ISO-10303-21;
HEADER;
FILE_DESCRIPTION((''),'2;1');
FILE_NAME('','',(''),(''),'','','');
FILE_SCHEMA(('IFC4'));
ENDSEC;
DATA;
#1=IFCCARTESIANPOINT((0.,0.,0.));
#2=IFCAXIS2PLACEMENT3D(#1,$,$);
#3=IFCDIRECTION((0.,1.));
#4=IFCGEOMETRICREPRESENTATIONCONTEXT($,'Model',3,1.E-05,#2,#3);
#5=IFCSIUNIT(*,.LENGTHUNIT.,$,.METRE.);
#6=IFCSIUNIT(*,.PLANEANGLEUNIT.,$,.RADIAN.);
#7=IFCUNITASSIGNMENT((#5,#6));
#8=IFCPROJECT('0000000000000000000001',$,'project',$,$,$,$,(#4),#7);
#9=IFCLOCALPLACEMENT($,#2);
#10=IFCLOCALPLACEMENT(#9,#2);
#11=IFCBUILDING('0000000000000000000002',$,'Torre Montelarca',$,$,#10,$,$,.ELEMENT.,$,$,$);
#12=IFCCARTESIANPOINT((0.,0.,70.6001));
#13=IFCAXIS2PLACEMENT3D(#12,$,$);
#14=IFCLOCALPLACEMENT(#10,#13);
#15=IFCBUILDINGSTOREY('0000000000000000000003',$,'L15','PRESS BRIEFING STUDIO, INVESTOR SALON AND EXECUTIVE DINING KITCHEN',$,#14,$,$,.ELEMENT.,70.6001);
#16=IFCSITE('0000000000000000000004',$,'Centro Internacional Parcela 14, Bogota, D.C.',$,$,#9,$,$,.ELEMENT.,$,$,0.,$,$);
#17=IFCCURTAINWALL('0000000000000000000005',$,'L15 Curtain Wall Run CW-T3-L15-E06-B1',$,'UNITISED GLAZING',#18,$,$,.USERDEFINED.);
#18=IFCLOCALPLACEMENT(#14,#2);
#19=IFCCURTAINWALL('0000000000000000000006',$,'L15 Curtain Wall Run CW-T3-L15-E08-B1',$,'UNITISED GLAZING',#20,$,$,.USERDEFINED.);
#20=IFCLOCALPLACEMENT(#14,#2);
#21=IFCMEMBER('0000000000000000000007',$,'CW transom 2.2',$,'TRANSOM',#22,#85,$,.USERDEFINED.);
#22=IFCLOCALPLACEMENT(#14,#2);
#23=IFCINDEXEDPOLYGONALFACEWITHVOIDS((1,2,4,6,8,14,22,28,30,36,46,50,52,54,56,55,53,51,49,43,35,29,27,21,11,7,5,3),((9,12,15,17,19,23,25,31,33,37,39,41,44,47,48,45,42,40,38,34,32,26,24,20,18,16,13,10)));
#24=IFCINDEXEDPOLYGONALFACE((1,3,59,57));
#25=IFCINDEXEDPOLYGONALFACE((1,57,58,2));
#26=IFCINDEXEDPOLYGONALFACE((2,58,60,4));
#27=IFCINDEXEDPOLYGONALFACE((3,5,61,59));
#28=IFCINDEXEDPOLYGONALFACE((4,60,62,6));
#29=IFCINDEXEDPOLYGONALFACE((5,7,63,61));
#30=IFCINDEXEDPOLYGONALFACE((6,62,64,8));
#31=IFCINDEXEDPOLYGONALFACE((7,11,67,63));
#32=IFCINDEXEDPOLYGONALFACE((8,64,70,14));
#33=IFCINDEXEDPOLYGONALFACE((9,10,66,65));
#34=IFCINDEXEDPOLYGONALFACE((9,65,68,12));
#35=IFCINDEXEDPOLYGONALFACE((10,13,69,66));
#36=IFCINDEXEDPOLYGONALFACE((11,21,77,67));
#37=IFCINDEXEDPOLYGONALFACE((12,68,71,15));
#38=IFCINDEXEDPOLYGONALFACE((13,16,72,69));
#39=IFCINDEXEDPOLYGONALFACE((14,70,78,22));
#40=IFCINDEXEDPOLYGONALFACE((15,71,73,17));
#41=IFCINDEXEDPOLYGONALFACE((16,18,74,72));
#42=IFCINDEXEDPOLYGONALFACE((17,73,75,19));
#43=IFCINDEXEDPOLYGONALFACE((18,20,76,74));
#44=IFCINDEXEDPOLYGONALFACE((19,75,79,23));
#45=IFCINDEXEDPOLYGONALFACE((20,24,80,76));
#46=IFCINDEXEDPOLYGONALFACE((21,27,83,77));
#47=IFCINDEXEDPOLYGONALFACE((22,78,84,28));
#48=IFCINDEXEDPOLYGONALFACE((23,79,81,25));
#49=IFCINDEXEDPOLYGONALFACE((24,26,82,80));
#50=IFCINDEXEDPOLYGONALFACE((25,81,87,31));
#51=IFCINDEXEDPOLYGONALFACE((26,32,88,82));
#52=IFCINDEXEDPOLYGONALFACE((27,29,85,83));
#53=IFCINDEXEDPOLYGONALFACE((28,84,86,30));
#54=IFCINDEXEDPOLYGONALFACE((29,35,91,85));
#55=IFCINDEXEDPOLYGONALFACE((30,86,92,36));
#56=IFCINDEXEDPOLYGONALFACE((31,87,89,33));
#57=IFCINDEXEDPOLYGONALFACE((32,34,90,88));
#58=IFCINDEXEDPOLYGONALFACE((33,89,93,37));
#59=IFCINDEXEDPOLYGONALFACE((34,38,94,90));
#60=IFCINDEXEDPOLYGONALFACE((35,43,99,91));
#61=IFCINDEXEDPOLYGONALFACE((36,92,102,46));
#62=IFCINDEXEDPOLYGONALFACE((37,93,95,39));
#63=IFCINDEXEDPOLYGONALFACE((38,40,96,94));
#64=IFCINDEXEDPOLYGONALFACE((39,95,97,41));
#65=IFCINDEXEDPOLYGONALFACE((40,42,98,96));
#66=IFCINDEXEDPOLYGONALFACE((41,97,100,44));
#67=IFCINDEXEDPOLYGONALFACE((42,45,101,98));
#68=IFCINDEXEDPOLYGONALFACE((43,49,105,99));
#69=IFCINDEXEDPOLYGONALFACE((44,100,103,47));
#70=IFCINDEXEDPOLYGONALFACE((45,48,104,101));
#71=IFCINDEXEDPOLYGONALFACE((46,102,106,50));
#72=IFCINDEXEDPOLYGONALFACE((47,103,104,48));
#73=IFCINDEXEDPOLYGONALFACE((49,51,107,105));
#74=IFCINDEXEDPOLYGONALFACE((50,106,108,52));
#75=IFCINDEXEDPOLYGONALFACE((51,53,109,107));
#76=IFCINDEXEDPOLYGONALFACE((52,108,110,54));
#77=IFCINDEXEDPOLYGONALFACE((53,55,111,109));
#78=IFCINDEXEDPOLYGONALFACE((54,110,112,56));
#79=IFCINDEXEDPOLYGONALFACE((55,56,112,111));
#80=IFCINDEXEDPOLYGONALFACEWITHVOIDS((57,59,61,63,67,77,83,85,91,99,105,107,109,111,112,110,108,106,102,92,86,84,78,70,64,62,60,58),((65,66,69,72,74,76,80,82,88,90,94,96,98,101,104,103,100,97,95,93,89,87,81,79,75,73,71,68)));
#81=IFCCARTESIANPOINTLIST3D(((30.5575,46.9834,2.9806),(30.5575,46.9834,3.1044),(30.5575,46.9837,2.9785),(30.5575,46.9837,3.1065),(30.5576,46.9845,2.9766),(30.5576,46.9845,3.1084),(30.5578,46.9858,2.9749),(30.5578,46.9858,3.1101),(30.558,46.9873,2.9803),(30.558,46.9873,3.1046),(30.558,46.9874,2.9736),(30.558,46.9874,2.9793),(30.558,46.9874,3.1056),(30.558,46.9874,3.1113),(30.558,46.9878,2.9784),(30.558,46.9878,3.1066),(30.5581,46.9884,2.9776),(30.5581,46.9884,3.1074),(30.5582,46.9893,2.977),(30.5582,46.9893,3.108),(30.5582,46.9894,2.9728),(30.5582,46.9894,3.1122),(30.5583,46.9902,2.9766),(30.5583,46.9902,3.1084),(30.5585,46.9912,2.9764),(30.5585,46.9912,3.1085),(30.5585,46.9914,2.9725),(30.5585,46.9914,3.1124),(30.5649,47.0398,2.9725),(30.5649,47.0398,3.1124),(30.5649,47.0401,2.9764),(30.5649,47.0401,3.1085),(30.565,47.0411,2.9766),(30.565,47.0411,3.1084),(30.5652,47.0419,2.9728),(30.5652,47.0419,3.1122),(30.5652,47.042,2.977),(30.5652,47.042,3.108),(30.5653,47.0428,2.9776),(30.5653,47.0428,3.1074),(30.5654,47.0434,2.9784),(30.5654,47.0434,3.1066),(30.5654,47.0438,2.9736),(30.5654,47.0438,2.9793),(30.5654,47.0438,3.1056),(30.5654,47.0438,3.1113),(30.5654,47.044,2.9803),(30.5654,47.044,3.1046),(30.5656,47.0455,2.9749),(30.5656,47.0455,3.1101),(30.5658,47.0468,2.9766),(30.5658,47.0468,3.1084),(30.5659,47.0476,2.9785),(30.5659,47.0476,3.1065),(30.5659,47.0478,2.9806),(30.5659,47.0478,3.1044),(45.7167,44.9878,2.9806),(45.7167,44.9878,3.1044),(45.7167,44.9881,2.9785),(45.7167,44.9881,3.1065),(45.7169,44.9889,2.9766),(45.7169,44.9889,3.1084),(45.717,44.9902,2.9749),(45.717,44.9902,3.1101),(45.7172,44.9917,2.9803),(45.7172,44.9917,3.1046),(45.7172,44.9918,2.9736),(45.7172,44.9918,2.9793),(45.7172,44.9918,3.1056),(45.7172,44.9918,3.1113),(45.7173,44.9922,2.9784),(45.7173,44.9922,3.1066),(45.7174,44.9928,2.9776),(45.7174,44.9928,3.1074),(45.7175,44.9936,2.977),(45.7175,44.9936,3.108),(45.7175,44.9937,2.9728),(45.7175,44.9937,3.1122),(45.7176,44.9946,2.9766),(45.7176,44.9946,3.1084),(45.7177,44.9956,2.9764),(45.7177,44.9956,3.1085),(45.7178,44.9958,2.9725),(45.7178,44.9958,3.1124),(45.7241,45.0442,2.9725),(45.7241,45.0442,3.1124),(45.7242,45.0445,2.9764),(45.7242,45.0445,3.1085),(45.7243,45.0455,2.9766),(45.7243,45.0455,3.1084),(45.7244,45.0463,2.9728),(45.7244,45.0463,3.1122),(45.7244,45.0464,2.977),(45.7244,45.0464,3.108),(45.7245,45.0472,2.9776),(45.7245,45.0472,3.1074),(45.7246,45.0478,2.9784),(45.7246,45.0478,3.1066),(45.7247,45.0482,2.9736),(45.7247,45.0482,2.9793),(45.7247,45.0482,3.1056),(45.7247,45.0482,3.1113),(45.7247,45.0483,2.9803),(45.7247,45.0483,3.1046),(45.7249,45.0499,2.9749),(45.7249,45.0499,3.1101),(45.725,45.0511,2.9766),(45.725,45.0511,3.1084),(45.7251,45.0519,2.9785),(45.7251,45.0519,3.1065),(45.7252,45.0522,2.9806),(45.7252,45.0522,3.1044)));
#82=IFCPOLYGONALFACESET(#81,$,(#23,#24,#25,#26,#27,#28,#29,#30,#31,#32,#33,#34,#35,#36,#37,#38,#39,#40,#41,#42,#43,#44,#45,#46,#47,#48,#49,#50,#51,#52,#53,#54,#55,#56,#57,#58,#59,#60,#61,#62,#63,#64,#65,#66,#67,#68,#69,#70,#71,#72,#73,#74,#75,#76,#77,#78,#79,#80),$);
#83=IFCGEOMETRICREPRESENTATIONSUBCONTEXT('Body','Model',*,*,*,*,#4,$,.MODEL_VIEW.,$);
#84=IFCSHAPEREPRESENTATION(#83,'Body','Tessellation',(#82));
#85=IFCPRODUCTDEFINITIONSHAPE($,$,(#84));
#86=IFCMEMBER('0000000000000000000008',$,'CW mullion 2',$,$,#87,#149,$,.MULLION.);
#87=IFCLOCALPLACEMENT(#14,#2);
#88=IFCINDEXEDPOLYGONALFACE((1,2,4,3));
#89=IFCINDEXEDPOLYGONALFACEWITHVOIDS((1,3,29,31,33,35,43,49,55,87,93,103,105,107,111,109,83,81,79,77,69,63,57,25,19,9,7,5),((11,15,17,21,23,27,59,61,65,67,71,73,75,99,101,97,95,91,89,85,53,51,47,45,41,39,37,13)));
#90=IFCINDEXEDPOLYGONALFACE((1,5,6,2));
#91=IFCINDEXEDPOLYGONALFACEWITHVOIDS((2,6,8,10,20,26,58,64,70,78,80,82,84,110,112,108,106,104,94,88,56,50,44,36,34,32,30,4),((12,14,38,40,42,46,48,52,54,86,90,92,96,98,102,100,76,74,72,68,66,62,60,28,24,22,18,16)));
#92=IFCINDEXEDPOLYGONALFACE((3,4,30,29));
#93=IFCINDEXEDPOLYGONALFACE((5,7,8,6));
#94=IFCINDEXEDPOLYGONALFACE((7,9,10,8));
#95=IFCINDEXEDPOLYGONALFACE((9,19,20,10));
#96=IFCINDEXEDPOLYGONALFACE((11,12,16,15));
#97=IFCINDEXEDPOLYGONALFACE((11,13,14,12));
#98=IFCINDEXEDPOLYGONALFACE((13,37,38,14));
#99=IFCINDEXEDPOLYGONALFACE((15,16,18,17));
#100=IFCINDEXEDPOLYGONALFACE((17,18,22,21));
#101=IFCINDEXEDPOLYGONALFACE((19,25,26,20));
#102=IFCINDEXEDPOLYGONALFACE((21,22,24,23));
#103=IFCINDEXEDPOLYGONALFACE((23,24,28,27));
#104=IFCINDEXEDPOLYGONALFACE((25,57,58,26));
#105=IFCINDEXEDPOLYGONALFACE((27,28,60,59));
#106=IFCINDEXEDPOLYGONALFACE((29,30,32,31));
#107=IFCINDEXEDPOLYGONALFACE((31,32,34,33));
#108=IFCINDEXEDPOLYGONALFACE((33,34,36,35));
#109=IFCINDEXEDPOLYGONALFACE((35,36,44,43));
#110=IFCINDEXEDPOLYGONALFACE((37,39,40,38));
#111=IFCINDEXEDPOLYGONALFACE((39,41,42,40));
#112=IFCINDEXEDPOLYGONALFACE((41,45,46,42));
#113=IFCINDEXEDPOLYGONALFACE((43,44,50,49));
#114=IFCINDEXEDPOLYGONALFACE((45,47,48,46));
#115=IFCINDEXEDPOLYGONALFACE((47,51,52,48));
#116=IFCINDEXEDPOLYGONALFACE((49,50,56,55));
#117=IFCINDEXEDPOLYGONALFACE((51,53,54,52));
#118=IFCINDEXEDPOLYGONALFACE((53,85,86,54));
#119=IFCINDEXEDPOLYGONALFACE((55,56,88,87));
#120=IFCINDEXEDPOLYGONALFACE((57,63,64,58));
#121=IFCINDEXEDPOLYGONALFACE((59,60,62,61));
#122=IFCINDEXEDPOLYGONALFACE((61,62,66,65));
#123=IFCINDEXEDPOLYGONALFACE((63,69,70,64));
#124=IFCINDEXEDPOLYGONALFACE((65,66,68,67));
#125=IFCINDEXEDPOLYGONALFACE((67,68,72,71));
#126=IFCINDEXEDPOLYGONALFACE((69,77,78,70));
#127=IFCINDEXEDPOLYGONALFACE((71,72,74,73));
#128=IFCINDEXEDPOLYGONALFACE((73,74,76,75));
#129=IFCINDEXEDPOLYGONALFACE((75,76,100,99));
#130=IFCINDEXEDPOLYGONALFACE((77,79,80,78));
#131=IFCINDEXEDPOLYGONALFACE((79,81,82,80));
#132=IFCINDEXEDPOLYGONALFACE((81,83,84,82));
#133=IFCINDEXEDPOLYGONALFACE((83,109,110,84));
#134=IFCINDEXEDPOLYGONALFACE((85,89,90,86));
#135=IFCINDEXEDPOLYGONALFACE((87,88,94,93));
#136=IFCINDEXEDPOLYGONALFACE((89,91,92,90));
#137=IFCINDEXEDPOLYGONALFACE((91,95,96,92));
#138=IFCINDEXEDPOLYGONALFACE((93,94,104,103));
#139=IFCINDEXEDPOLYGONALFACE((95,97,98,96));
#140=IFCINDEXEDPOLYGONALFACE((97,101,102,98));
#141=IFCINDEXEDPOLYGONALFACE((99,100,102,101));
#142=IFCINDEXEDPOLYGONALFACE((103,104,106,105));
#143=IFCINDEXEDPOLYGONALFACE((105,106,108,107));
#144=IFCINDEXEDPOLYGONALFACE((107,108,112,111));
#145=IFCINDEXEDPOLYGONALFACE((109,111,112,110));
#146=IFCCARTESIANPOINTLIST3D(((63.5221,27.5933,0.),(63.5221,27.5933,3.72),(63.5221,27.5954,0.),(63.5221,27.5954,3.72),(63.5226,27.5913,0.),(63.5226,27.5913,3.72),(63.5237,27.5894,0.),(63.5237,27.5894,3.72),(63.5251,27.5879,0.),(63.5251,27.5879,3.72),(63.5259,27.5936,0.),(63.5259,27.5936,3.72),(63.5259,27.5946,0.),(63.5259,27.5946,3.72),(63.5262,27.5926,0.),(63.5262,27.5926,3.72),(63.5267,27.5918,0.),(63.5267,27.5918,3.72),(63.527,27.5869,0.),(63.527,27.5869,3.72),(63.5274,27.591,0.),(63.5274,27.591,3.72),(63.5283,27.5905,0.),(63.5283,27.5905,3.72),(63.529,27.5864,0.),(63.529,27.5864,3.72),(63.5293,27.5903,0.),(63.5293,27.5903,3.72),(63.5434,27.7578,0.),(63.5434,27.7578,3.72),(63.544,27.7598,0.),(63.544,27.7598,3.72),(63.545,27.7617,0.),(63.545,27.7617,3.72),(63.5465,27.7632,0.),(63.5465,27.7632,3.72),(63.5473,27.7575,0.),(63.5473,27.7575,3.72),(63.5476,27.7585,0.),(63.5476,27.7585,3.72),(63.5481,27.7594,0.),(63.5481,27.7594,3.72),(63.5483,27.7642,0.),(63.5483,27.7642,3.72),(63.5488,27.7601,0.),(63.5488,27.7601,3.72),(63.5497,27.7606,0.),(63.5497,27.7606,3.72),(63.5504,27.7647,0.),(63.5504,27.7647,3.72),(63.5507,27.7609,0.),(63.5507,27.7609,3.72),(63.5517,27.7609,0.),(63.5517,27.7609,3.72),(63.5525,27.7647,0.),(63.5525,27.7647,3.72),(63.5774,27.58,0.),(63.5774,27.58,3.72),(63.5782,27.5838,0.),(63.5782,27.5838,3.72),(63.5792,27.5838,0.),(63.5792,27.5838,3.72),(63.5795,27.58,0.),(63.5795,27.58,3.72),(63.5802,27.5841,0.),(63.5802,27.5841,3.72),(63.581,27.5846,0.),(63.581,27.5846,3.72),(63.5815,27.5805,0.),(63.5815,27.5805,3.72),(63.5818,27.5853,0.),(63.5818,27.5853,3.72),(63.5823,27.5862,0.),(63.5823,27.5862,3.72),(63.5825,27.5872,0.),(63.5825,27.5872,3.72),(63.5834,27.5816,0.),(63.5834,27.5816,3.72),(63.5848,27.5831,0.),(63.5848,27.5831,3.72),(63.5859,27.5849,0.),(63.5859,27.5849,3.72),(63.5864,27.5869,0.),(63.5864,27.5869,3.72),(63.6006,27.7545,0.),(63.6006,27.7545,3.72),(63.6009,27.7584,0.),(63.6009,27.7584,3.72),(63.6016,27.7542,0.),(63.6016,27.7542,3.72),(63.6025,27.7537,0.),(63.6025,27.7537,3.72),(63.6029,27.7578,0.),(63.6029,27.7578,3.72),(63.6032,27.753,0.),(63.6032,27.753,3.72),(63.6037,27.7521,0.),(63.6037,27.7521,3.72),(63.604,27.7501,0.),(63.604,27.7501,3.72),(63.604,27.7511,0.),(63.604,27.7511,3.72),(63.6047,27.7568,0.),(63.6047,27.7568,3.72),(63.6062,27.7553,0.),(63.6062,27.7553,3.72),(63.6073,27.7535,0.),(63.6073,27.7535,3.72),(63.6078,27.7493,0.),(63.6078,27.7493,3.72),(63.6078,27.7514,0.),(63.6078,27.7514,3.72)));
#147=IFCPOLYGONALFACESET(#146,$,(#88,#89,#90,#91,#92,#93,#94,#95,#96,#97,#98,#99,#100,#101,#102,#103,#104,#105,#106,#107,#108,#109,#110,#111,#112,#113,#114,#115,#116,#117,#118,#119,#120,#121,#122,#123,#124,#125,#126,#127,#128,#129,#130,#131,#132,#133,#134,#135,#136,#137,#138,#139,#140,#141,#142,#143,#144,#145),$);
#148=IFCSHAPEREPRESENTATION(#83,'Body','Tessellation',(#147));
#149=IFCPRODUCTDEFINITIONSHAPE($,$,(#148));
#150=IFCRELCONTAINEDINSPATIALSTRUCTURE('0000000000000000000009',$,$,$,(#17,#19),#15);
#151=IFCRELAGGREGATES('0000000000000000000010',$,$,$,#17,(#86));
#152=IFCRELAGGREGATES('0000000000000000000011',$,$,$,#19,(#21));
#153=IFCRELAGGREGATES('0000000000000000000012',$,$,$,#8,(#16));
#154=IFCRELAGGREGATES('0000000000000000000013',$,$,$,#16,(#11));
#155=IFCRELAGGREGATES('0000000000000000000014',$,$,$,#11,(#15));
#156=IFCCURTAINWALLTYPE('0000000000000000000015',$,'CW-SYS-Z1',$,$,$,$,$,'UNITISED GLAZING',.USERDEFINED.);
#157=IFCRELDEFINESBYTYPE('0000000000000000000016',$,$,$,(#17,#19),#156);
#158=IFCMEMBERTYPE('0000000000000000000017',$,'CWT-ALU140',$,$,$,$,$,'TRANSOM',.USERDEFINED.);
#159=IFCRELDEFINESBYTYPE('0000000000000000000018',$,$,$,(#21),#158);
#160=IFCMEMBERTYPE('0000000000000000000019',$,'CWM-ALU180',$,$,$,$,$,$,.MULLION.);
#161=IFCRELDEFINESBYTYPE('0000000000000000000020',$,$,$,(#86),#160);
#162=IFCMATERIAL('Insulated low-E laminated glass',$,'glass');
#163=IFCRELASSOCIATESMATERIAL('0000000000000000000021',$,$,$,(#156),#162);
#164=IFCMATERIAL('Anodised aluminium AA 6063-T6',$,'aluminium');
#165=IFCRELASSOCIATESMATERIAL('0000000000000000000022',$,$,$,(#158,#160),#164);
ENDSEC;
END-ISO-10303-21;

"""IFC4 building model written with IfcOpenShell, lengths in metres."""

from ifc_helpers import new_model, si_unit, direction, frame, origin, origin_2d, place, context, subcontext, project, spatial, hollow_rectangle, extrude, source, transform, mapped, material, material_profile, profile_set, type_object, element, aggregate, save


model = new_model("IFC4")

# Units and contexts
model_context = context("Model", 3, precision=1e-05, world=origin(), true_north=direction((0.0, 1.0)))
body_context = subcontext(model_context, "Body", "Model", "MODEL_VIEW")
ifc_project = project(units=[si_unit("LENGTHUNIT", "METRE"), si_unit("PLANEANGLEUNIT", "RADIAN")], contexts=[model_context])

# Site, building, storey
site_placement = place(None, origin())
site = spatial("IfcSite", under=ifc_project, at=site_placement, Name="Centro Internacional Parcela 14, Bogota, D.C.", CompositionType="ELEMENT", RefElevation=0.0)
building_placement = place(site_placement, origin())
building = spatial("IfcBuilding", under=site, at=building_placement, Name="Torre Montelarca", CompositionType="ELEMENT")
storey_placement = place(building_placement, frame((0.0, 0.0, 70.6001)))
storey = spatial("IfcBuildingStorey", under=building, at=storey_placement, Name="L15", Description="PRESS BRIEFING STUDIO, INVESTOR SALON AND EXECUTIVE DINING KITCHEN", CompositionType="ELEMENT", Elevation=70.6001)

# Curtain walls, member
ifc_material_1 = material(Name="Insulated low-E laminated glass", Category="glass")
curtain_wall_type = type_object("IfcCurtainWallType", Name="CW-SYS-Z1", ElementType="UNITISED GLAZING", PredefinedType="USERDEFINED", material=ifc_material_1)
ifc_material_2 = material(Name="Anodised aluminium AA 6063-T6", Category="aluminium")
ifc_material_profile_1 = material_profile(ifc_material_2, hollow_rectangle(XDim=0.0649, YDim=0.1399, WallThickness=0.0039, InnerFilletRadius=0.0039, OuterFilletRadius=0.0081, at=origin_2d()), Name="ALU65X140X4", Category="aluminium")
ifc_profile_set_1 = profile_set([ifc_material_profile_1], Name="Anodised aluminium AA 6063-T6")
member_type_1 = type_object("IfcMemberType", Name="CWT-ALU140", ElementType="TRANSOM", PredefinedType="USERDEFINED", material=ifc_profile_set_1)
curtain_wall_1_placement = place(storey_placement, origin())
curtain_wall_1 = element("IfcCurtainWall", 1, at=curtain_wall_1_placement, inside=storey, type_object=curtain_wall_type, Name="L15 Curtain Wall Run CW-T3-L15-E06-B1", ObjectType="UNITISED GLAZING", PredefinedType="USERDEFINED")
curtain_wall_2_placement = place(storey_placement, origin())
curtain_wall_2 = element("IfcCurtainWall", 2, at=curtain_wall_2_placement, inside=storey, type_object=curtain_wall_type, Name="L15 Curtain Wall Run CW-T3-L15-E08-B1", ObjectType="UNITISED GLAZING", PredefinedType="USERDEFINED")
shared_shape_1 = source(origin(), body_context, "Body", "SweptSolid", [
    extrude(hollow_rectangle(XDim=0.0649, YDim=0.1399, WallThickness=0.0039, InnerFilletRadius=0.0039, OuterFilletRadius=0.0081, at=origin_2d()), origin(), (0.0, 0.0, 1.0), 15.29),
])
member_1_placement = place(storey_placement, frame((45.7209, 45.02, 3.0425), z_axis=(-0.991446, 0.130517, 0.0), x_axis=(-0.130517, -0.991446, 0.0)))
member_1 = element("IfcMember", 3, at=member_1_placement, type_object=member_type_1, Name="CW transom 2.2", ObjectType="TRANSOM", PredefinedType="USERDEFINED", context=body_context, shape_type="MappedRepresentation", body=[
    mapped(shared_shape_1, transform((0.0, 0.0, 0.0), scale=1.0)),
])

# Member
ifc_material_profile_2 = material_profile(ifc_material_2, hollow_rectangle(XDim=0.0649, YDim=0.1799, WallThickness=0.0039, InnerFilletRadius=0.0039, OuterFilletRadius=0.0081, at=origin_2d()), Name="ALU65X180X4", Category="aluminium")
ifc_profile_set_2 = profile_set([ifc_material_profile_2], Name="Anodised aluminium AA 6063-T6")
member_type_2 = type_object("IfcMemberType", Name="CWM-ALU180", PredefinedType="MULLION", material=ifc_profile_set_2)
shared_shape_2 = source(origin(), body_context, "Body", "SweptSolid", [
    extrude(hollow_rectangle(XDim=0.0649, YDim=0.1799, WallThickness=0.0039, InnerFilletRadius=0.0039, OuterFilletRadius=0.0081, at=origin_2d()), origin(), (0.0, 0.0, 1.0), 3.72),
])
member_2_placement = place(storey_placement, frame((63.5649, 27.6724, 0.0), z_axis=(0.0, 0.0, 1.0), x_axis=(-0.991446, 0.130519, 0.0)))
member_2 = element("IfcMember", 4, at=member_2_placement, type_object=member_type_2, Name="CW mullion 2", PredefinedType="MULLION", context=body_context, shape_type="MappedRepresentation", body=[
    mapped(shared_shape_2, transform((0.0, 0.0, 0.0), scale=1.0)),
])

aggregate(curtain_wall_1, [member_2])
aggregate(curtain_wall_2, [member_1])

save(model, "model.ifc")
